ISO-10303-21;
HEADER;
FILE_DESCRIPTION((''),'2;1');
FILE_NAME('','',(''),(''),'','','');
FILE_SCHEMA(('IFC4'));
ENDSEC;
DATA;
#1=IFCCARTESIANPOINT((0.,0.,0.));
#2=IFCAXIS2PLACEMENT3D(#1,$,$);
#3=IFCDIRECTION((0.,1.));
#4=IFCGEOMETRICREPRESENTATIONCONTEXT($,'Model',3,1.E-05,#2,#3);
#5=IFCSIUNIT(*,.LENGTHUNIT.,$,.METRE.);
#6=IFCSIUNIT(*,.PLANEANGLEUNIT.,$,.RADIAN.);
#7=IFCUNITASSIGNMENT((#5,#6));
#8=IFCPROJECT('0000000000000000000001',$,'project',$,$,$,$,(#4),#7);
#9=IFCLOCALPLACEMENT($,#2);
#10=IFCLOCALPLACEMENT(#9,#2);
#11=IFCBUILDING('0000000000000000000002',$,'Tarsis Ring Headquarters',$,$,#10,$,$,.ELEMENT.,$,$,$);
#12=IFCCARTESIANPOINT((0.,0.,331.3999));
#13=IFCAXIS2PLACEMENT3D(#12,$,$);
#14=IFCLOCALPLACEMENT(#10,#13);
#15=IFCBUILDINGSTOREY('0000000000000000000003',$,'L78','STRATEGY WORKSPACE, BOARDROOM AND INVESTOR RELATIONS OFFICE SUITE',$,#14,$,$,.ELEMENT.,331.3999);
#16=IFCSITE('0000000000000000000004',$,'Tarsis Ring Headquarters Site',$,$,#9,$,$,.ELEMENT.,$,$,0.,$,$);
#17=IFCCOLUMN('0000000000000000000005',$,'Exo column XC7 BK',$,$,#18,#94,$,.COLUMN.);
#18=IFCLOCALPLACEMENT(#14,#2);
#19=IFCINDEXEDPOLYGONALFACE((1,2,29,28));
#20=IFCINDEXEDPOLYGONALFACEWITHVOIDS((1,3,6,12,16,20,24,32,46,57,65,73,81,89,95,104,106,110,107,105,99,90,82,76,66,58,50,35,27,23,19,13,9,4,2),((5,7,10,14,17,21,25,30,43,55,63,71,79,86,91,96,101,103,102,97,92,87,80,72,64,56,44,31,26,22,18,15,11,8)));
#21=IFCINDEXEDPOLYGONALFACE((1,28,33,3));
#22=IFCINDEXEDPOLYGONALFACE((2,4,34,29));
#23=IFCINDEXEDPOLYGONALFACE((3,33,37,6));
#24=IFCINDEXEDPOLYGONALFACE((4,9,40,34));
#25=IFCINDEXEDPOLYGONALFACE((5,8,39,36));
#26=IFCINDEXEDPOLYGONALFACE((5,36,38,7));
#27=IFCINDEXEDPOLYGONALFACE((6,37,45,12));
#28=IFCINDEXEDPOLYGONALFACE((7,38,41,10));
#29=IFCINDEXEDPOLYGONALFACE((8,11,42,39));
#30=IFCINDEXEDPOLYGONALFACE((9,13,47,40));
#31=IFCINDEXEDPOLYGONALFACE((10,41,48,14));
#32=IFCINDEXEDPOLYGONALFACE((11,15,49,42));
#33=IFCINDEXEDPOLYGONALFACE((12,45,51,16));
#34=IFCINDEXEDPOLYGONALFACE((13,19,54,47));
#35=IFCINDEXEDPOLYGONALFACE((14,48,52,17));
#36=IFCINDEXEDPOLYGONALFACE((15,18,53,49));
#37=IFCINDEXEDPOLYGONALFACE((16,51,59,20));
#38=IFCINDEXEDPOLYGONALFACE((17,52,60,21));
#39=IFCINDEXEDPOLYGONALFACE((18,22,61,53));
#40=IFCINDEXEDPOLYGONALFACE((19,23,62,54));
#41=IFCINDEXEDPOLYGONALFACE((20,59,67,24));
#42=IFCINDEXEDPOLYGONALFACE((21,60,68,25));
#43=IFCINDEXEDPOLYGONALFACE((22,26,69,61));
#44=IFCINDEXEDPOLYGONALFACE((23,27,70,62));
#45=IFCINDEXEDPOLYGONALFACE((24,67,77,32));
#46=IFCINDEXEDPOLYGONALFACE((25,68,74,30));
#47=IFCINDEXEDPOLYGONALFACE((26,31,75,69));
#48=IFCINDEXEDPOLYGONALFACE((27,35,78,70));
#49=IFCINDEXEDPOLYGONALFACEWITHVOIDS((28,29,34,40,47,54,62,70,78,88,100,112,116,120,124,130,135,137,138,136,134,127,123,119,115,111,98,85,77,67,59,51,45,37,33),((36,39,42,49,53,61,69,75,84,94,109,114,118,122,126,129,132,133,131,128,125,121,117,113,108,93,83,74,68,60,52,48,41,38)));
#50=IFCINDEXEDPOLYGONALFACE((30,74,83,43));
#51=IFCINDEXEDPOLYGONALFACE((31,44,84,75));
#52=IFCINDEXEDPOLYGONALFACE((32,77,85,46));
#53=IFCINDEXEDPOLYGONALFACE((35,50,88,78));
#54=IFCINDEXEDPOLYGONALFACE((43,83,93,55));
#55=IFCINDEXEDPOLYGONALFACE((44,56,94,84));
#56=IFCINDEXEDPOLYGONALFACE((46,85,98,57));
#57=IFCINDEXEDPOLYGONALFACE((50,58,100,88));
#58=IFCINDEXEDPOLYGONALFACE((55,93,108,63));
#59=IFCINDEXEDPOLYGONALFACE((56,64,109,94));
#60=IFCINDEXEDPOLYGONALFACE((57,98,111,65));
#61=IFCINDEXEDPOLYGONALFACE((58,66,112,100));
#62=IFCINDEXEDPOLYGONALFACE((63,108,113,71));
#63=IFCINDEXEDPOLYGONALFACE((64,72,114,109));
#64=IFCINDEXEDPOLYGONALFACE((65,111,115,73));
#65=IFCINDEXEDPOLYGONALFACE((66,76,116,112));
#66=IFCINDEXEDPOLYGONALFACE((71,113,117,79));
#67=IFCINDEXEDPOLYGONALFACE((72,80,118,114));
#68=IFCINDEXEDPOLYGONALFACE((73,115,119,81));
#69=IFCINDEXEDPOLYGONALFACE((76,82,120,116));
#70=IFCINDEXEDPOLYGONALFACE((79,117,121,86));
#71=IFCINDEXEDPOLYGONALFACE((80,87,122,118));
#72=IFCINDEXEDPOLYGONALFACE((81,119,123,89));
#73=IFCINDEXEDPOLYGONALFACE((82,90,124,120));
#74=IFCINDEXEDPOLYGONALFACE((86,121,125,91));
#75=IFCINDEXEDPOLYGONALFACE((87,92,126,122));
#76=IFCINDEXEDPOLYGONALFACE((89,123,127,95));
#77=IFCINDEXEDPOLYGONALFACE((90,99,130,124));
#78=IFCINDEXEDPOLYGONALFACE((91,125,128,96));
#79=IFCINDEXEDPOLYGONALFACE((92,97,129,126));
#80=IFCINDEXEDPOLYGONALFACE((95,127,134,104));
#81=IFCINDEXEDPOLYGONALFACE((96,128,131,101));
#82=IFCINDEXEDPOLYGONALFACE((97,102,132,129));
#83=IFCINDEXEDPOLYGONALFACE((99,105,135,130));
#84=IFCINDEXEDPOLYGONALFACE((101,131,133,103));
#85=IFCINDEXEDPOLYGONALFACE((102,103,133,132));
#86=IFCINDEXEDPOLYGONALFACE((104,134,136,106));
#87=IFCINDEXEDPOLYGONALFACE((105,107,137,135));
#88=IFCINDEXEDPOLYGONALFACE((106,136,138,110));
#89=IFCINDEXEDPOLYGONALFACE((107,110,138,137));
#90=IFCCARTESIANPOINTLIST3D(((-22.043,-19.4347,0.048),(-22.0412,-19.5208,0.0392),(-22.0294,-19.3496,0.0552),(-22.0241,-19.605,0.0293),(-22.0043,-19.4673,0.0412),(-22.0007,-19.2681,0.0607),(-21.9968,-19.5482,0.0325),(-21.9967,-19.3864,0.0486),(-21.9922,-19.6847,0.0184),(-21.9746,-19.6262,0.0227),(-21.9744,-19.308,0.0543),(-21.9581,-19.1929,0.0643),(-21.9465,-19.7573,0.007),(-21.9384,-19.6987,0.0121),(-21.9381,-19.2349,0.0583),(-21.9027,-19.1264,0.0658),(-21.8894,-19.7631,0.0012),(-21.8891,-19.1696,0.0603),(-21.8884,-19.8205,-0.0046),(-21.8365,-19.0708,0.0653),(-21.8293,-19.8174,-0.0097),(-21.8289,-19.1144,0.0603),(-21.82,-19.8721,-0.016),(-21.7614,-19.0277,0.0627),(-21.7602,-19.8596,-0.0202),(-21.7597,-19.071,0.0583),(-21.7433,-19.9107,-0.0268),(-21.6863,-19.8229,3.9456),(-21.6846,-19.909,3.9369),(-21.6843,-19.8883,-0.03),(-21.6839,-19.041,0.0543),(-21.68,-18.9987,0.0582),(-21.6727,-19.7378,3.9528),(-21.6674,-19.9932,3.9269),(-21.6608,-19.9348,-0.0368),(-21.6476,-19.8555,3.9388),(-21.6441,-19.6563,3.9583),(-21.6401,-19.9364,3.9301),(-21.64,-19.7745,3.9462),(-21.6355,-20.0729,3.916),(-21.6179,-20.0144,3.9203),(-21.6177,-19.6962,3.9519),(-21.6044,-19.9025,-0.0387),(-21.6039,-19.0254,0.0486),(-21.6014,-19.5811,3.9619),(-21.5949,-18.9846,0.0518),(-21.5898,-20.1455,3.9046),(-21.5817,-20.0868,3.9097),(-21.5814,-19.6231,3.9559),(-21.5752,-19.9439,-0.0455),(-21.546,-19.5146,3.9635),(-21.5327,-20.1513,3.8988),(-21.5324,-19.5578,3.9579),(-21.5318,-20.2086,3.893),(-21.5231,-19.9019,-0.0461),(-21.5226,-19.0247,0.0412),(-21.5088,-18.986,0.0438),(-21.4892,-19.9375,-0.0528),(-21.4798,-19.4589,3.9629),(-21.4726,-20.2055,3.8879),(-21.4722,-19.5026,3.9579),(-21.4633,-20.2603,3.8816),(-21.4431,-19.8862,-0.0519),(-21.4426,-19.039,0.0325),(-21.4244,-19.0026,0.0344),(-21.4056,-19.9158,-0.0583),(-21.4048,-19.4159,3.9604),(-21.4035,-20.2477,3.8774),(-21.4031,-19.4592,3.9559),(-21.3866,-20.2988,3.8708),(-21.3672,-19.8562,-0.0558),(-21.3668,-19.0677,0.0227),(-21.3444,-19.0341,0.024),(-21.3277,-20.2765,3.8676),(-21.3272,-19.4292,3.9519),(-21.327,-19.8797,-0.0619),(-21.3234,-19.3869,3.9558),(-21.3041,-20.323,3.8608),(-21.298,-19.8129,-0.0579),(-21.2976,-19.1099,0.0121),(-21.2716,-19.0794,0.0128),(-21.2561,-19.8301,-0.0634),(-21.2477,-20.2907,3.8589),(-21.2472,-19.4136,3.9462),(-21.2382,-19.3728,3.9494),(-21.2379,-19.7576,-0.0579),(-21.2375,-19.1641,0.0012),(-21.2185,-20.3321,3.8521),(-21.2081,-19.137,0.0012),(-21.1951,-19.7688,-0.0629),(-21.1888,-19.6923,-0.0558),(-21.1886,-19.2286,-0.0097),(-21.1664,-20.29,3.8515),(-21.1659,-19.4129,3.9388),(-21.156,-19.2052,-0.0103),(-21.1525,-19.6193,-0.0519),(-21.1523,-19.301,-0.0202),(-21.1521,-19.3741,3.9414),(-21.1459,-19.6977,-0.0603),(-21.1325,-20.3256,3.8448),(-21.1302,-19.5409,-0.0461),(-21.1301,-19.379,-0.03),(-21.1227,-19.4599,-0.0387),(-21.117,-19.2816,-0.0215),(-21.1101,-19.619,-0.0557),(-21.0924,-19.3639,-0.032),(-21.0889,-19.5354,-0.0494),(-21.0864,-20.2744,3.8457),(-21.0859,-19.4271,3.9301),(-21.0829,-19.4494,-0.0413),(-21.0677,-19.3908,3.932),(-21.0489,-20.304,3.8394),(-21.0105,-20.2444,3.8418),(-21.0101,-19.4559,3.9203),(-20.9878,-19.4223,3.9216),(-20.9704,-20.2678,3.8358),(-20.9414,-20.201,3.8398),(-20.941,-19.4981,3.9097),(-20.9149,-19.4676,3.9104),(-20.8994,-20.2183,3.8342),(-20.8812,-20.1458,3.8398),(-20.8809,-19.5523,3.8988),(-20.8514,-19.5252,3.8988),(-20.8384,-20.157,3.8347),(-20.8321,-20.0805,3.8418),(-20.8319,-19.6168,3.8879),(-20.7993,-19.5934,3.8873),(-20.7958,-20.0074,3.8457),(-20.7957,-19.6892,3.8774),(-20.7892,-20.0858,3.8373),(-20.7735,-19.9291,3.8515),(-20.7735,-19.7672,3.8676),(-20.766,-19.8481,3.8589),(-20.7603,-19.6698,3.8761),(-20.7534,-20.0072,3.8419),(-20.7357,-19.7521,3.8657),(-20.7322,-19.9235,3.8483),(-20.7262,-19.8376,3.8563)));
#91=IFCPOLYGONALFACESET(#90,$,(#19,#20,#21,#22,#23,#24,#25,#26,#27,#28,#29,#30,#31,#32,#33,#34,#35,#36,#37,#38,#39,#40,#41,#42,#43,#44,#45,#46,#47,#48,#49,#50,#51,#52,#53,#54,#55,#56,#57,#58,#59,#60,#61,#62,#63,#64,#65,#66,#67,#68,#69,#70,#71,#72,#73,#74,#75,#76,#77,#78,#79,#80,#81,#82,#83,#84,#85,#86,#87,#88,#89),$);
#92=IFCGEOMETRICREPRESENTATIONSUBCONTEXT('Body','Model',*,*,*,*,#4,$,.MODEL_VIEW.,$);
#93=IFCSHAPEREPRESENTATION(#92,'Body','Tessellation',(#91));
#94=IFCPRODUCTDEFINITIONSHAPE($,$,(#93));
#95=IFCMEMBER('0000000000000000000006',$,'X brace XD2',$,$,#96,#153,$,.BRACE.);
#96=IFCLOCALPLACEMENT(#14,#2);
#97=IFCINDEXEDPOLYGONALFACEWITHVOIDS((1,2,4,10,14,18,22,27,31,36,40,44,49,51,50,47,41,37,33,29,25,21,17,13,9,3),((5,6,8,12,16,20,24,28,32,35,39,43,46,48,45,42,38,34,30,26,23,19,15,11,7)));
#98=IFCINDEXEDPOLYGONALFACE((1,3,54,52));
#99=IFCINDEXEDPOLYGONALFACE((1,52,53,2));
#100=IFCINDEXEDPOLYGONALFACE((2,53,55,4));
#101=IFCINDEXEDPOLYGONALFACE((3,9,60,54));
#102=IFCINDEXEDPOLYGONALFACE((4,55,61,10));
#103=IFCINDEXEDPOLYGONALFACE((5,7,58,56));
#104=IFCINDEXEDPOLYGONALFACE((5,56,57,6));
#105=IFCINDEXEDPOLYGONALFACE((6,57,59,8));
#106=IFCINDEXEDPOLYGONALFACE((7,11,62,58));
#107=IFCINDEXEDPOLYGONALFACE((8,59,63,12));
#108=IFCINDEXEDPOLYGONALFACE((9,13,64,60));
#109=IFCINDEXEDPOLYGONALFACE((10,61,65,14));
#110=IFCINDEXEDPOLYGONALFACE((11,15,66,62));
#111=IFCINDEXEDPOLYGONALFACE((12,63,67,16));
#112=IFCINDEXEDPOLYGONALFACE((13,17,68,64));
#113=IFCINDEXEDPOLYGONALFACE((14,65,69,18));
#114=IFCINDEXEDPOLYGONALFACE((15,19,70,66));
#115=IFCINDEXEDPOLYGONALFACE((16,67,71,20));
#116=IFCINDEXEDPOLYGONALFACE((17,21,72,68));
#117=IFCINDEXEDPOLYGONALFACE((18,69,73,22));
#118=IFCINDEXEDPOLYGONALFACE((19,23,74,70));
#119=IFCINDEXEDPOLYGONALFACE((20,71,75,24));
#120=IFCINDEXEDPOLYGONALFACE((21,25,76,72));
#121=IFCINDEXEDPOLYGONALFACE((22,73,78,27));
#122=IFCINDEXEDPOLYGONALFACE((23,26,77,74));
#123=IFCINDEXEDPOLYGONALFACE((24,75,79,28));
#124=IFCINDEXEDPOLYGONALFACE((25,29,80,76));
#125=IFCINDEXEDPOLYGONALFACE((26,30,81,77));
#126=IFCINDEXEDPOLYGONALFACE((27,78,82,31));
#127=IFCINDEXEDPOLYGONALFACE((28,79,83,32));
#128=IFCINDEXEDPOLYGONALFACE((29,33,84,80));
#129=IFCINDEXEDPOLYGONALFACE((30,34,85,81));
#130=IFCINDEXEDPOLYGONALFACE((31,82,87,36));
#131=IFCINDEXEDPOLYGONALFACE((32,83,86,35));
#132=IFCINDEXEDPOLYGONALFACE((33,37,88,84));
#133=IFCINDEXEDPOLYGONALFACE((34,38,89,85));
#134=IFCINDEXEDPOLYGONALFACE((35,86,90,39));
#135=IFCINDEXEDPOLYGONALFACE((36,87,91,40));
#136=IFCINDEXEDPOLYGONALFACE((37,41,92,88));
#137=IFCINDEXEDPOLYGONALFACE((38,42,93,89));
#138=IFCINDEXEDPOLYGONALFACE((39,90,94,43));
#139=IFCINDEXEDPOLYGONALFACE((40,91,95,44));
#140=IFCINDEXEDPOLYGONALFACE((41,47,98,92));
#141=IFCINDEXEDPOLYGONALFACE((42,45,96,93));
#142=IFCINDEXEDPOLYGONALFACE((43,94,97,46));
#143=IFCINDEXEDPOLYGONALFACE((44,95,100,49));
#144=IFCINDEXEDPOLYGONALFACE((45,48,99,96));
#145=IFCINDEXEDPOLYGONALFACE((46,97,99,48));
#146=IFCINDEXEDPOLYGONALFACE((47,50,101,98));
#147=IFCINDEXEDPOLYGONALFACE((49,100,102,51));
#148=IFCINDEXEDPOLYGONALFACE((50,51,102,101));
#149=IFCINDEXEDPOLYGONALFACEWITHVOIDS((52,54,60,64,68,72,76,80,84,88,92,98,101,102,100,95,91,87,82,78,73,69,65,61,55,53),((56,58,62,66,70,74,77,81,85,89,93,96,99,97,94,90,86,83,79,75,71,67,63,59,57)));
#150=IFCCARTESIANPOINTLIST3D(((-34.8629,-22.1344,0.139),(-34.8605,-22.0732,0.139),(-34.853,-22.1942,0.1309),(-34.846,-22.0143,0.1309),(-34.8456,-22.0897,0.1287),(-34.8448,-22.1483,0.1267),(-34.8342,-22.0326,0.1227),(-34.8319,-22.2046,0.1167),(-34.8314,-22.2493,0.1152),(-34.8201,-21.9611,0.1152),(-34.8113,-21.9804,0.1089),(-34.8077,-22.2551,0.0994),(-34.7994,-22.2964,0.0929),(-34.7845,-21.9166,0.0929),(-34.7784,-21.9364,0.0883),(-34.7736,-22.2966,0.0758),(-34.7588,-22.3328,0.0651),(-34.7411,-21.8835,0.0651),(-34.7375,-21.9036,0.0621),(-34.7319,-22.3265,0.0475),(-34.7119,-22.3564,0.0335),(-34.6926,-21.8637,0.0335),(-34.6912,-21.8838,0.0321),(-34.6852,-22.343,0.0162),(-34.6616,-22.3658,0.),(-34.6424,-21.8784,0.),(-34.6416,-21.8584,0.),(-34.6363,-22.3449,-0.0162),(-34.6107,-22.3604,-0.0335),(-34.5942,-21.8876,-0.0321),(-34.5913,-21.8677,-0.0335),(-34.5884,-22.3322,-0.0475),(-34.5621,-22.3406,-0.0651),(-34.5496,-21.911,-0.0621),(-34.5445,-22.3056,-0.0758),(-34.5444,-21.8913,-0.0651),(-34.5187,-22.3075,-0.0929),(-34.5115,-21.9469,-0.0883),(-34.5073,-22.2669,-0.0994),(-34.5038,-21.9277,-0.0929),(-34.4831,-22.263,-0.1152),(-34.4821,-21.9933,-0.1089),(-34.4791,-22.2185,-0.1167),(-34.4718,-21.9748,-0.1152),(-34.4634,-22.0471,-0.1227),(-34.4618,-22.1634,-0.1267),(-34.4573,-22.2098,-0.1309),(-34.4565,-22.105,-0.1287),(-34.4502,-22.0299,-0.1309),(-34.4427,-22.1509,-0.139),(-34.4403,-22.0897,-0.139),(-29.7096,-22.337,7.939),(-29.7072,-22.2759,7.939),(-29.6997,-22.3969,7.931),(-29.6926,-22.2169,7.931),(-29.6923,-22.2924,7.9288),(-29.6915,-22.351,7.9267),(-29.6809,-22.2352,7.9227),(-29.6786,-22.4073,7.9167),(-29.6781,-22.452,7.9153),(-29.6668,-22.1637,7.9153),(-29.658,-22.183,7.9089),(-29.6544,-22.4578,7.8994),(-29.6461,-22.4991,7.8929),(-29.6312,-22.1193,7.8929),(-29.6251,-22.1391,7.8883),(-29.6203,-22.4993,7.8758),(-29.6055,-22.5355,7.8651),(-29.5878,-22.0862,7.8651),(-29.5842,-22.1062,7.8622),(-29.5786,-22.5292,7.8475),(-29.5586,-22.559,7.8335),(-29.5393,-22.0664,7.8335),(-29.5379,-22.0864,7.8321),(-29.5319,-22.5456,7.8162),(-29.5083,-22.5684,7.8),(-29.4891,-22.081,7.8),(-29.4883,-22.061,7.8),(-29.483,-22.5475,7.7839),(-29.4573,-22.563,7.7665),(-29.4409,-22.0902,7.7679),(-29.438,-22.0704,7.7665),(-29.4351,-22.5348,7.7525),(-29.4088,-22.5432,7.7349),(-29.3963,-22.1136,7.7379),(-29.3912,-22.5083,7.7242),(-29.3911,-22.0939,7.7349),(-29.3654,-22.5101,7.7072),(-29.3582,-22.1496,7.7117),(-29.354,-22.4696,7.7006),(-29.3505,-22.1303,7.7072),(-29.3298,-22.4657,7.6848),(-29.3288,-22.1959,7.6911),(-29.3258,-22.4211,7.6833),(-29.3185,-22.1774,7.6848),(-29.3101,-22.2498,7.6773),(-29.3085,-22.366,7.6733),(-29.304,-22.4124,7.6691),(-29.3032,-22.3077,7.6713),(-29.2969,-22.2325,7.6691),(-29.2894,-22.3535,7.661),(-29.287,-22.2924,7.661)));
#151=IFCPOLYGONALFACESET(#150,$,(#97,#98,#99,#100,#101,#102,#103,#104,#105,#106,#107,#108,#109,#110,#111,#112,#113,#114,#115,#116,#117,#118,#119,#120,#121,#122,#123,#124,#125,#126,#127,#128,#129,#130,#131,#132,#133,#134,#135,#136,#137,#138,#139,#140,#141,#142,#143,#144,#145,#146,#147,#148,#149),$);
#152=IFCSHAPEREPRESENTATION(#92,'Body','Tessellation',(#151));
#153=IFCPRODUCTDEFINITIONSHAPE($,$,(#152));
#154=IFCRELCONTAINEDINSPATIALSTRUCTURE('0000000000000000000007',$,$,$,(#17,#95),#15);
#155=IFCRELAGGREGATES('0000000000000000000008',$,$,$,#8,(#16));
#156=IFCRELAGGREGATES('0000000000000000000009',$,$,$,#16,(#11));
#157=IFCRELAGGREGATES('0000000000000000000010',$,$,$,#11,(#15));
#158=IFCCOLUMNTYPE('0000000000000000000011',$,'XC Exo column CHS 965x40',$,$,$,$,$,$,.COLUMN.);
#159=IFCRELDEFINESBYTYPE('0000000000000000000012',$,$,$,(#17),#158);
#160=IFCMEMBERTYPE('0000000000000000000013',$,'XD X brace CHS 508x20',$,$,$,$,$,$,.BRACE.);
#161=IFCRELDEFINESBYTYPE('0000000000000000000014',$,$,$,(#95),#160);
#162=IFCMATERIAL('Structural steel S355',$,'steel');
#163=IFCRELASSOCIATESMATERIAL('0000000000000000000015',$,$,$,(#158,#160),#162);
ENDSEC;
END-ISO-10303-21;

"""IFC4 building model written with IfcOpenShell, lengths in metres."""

from ifc_helpers import new_model, si_unit, direction, frame, origin, origin_2d, place, context, subcontext, project, spatial, hollow_circle, extrude, material, material_profile, profile_set, type_object, element, save


model = new_model("IFC4")

# Units and contexts
model_context = context("Model", 3, precision=1e-05, world=origin(), true_north=direction((0.0, 1.0)))
body_context = subcontext(model_context, "Body", "Model", "MODEL_VIEW")
ifc_project = project(units=[si_unit("LENGTHUNIT", "METRE"), si_unit("PLANEANGLEUNIT", "RADIAN")], contexts=[model_context])

# Site, building, storey
site_placement = place(None, origin())
site = spatial("IfcSite", under=ifc_project, at=site_placement, Name="Tarsis Ring Headquarters Site", CompositionType="ELEMENT", RefElevation=0.0)
building_placement = place(site_placement, origin())
building = spatial("IfcBuilding", under=site, at=building_placement, Name="Tarsis Ring Headquarters", CompositionType="ELEMENT")
storey_placement = place(building_placement, frame((0.0, 0.0, 331.3999)))
storey = spatial("IfcBuildingStorey", under=building, at=storey_placement, Name="L78", Description="STRATEGY WORKSPACE, BOARDROOM AND INVESTOR RELATIONS OFFICE SUITE", CompositionType="ELEMENT", Elevation=331.3999)

# Column
ifc_material_1 = material(Name="Structural steel S355", Category="steel")
ifc_material_profile_1 = material_profile(ifc_material_1, hollow_circle(Radius=0.4827, WallThickness=0.04, at=origin_2d()), Name="CHS 965x40")
ifc_profile_set_1 = profile_set([ifc_material_profile_1], Name="Structural steel S355")
column_type = type_object("IfcColumnType", Name="XC Exo column CHS 965x40", PredefinedType="COLUMN", material=ifc_profile_set_1)
column_1_placement = place(storey_placement, frame((-21.5635, -19.4636, 0.0012), z_axis=(0.090687, -0.098694, 0.990977), x_axis=(0.736346, 0.676605, 0.0)))
element("IfcColumn", 1, at=column_1_placement, inside=storey, type_object=column_type, Name="Exo column XC7 BK", PredefinedType="COLUMN", context=body_context, shape_type="SweptSolid", body=[
    extrude(hollow_circle(Radius=0.4827, WallThickness=0.04, at=origin_2d()), origin(), (0.0, 0.0, 1.0), 3.9331),
])

# Member
ifc_material_profile_2 = material_profile(ifc_material_1, hollow_circle(Radius=0.2539, WallThickness=0.02, at=origin_2d()), Name="CHS 508x20")
ifc_profile_set_2 = profile_set([ifc_material_profile_2], Name="Structural steel S355")
member_type = type_object("IfcMemberType", Name="XD X brace CHS 508x20", PredefinedType="BRACE", material=ifc_profile_set_2)
member_1_placement = place(storey_placement, frame((-34.6516, -22.1121, 0.0), z_axis=(0.551107, -0.02167, 0.834153), x_axis=(0.039291, 0.999228, 0.0)))
element("IfcMember", 2, at=member_1_placement, inside=storey, type_object=member_type, Name="X brace XD2", PredefinedType="BRACE", context=body_context, shape_type="SweptSolid", body=[
    extrude(hollow_circle(Radius=0.2539, WallThickness=0.02, at=origin_2d()), origin(), (0.0, 0.0, 1.0), 9.3508),
])

save(model, "model.ifc")
